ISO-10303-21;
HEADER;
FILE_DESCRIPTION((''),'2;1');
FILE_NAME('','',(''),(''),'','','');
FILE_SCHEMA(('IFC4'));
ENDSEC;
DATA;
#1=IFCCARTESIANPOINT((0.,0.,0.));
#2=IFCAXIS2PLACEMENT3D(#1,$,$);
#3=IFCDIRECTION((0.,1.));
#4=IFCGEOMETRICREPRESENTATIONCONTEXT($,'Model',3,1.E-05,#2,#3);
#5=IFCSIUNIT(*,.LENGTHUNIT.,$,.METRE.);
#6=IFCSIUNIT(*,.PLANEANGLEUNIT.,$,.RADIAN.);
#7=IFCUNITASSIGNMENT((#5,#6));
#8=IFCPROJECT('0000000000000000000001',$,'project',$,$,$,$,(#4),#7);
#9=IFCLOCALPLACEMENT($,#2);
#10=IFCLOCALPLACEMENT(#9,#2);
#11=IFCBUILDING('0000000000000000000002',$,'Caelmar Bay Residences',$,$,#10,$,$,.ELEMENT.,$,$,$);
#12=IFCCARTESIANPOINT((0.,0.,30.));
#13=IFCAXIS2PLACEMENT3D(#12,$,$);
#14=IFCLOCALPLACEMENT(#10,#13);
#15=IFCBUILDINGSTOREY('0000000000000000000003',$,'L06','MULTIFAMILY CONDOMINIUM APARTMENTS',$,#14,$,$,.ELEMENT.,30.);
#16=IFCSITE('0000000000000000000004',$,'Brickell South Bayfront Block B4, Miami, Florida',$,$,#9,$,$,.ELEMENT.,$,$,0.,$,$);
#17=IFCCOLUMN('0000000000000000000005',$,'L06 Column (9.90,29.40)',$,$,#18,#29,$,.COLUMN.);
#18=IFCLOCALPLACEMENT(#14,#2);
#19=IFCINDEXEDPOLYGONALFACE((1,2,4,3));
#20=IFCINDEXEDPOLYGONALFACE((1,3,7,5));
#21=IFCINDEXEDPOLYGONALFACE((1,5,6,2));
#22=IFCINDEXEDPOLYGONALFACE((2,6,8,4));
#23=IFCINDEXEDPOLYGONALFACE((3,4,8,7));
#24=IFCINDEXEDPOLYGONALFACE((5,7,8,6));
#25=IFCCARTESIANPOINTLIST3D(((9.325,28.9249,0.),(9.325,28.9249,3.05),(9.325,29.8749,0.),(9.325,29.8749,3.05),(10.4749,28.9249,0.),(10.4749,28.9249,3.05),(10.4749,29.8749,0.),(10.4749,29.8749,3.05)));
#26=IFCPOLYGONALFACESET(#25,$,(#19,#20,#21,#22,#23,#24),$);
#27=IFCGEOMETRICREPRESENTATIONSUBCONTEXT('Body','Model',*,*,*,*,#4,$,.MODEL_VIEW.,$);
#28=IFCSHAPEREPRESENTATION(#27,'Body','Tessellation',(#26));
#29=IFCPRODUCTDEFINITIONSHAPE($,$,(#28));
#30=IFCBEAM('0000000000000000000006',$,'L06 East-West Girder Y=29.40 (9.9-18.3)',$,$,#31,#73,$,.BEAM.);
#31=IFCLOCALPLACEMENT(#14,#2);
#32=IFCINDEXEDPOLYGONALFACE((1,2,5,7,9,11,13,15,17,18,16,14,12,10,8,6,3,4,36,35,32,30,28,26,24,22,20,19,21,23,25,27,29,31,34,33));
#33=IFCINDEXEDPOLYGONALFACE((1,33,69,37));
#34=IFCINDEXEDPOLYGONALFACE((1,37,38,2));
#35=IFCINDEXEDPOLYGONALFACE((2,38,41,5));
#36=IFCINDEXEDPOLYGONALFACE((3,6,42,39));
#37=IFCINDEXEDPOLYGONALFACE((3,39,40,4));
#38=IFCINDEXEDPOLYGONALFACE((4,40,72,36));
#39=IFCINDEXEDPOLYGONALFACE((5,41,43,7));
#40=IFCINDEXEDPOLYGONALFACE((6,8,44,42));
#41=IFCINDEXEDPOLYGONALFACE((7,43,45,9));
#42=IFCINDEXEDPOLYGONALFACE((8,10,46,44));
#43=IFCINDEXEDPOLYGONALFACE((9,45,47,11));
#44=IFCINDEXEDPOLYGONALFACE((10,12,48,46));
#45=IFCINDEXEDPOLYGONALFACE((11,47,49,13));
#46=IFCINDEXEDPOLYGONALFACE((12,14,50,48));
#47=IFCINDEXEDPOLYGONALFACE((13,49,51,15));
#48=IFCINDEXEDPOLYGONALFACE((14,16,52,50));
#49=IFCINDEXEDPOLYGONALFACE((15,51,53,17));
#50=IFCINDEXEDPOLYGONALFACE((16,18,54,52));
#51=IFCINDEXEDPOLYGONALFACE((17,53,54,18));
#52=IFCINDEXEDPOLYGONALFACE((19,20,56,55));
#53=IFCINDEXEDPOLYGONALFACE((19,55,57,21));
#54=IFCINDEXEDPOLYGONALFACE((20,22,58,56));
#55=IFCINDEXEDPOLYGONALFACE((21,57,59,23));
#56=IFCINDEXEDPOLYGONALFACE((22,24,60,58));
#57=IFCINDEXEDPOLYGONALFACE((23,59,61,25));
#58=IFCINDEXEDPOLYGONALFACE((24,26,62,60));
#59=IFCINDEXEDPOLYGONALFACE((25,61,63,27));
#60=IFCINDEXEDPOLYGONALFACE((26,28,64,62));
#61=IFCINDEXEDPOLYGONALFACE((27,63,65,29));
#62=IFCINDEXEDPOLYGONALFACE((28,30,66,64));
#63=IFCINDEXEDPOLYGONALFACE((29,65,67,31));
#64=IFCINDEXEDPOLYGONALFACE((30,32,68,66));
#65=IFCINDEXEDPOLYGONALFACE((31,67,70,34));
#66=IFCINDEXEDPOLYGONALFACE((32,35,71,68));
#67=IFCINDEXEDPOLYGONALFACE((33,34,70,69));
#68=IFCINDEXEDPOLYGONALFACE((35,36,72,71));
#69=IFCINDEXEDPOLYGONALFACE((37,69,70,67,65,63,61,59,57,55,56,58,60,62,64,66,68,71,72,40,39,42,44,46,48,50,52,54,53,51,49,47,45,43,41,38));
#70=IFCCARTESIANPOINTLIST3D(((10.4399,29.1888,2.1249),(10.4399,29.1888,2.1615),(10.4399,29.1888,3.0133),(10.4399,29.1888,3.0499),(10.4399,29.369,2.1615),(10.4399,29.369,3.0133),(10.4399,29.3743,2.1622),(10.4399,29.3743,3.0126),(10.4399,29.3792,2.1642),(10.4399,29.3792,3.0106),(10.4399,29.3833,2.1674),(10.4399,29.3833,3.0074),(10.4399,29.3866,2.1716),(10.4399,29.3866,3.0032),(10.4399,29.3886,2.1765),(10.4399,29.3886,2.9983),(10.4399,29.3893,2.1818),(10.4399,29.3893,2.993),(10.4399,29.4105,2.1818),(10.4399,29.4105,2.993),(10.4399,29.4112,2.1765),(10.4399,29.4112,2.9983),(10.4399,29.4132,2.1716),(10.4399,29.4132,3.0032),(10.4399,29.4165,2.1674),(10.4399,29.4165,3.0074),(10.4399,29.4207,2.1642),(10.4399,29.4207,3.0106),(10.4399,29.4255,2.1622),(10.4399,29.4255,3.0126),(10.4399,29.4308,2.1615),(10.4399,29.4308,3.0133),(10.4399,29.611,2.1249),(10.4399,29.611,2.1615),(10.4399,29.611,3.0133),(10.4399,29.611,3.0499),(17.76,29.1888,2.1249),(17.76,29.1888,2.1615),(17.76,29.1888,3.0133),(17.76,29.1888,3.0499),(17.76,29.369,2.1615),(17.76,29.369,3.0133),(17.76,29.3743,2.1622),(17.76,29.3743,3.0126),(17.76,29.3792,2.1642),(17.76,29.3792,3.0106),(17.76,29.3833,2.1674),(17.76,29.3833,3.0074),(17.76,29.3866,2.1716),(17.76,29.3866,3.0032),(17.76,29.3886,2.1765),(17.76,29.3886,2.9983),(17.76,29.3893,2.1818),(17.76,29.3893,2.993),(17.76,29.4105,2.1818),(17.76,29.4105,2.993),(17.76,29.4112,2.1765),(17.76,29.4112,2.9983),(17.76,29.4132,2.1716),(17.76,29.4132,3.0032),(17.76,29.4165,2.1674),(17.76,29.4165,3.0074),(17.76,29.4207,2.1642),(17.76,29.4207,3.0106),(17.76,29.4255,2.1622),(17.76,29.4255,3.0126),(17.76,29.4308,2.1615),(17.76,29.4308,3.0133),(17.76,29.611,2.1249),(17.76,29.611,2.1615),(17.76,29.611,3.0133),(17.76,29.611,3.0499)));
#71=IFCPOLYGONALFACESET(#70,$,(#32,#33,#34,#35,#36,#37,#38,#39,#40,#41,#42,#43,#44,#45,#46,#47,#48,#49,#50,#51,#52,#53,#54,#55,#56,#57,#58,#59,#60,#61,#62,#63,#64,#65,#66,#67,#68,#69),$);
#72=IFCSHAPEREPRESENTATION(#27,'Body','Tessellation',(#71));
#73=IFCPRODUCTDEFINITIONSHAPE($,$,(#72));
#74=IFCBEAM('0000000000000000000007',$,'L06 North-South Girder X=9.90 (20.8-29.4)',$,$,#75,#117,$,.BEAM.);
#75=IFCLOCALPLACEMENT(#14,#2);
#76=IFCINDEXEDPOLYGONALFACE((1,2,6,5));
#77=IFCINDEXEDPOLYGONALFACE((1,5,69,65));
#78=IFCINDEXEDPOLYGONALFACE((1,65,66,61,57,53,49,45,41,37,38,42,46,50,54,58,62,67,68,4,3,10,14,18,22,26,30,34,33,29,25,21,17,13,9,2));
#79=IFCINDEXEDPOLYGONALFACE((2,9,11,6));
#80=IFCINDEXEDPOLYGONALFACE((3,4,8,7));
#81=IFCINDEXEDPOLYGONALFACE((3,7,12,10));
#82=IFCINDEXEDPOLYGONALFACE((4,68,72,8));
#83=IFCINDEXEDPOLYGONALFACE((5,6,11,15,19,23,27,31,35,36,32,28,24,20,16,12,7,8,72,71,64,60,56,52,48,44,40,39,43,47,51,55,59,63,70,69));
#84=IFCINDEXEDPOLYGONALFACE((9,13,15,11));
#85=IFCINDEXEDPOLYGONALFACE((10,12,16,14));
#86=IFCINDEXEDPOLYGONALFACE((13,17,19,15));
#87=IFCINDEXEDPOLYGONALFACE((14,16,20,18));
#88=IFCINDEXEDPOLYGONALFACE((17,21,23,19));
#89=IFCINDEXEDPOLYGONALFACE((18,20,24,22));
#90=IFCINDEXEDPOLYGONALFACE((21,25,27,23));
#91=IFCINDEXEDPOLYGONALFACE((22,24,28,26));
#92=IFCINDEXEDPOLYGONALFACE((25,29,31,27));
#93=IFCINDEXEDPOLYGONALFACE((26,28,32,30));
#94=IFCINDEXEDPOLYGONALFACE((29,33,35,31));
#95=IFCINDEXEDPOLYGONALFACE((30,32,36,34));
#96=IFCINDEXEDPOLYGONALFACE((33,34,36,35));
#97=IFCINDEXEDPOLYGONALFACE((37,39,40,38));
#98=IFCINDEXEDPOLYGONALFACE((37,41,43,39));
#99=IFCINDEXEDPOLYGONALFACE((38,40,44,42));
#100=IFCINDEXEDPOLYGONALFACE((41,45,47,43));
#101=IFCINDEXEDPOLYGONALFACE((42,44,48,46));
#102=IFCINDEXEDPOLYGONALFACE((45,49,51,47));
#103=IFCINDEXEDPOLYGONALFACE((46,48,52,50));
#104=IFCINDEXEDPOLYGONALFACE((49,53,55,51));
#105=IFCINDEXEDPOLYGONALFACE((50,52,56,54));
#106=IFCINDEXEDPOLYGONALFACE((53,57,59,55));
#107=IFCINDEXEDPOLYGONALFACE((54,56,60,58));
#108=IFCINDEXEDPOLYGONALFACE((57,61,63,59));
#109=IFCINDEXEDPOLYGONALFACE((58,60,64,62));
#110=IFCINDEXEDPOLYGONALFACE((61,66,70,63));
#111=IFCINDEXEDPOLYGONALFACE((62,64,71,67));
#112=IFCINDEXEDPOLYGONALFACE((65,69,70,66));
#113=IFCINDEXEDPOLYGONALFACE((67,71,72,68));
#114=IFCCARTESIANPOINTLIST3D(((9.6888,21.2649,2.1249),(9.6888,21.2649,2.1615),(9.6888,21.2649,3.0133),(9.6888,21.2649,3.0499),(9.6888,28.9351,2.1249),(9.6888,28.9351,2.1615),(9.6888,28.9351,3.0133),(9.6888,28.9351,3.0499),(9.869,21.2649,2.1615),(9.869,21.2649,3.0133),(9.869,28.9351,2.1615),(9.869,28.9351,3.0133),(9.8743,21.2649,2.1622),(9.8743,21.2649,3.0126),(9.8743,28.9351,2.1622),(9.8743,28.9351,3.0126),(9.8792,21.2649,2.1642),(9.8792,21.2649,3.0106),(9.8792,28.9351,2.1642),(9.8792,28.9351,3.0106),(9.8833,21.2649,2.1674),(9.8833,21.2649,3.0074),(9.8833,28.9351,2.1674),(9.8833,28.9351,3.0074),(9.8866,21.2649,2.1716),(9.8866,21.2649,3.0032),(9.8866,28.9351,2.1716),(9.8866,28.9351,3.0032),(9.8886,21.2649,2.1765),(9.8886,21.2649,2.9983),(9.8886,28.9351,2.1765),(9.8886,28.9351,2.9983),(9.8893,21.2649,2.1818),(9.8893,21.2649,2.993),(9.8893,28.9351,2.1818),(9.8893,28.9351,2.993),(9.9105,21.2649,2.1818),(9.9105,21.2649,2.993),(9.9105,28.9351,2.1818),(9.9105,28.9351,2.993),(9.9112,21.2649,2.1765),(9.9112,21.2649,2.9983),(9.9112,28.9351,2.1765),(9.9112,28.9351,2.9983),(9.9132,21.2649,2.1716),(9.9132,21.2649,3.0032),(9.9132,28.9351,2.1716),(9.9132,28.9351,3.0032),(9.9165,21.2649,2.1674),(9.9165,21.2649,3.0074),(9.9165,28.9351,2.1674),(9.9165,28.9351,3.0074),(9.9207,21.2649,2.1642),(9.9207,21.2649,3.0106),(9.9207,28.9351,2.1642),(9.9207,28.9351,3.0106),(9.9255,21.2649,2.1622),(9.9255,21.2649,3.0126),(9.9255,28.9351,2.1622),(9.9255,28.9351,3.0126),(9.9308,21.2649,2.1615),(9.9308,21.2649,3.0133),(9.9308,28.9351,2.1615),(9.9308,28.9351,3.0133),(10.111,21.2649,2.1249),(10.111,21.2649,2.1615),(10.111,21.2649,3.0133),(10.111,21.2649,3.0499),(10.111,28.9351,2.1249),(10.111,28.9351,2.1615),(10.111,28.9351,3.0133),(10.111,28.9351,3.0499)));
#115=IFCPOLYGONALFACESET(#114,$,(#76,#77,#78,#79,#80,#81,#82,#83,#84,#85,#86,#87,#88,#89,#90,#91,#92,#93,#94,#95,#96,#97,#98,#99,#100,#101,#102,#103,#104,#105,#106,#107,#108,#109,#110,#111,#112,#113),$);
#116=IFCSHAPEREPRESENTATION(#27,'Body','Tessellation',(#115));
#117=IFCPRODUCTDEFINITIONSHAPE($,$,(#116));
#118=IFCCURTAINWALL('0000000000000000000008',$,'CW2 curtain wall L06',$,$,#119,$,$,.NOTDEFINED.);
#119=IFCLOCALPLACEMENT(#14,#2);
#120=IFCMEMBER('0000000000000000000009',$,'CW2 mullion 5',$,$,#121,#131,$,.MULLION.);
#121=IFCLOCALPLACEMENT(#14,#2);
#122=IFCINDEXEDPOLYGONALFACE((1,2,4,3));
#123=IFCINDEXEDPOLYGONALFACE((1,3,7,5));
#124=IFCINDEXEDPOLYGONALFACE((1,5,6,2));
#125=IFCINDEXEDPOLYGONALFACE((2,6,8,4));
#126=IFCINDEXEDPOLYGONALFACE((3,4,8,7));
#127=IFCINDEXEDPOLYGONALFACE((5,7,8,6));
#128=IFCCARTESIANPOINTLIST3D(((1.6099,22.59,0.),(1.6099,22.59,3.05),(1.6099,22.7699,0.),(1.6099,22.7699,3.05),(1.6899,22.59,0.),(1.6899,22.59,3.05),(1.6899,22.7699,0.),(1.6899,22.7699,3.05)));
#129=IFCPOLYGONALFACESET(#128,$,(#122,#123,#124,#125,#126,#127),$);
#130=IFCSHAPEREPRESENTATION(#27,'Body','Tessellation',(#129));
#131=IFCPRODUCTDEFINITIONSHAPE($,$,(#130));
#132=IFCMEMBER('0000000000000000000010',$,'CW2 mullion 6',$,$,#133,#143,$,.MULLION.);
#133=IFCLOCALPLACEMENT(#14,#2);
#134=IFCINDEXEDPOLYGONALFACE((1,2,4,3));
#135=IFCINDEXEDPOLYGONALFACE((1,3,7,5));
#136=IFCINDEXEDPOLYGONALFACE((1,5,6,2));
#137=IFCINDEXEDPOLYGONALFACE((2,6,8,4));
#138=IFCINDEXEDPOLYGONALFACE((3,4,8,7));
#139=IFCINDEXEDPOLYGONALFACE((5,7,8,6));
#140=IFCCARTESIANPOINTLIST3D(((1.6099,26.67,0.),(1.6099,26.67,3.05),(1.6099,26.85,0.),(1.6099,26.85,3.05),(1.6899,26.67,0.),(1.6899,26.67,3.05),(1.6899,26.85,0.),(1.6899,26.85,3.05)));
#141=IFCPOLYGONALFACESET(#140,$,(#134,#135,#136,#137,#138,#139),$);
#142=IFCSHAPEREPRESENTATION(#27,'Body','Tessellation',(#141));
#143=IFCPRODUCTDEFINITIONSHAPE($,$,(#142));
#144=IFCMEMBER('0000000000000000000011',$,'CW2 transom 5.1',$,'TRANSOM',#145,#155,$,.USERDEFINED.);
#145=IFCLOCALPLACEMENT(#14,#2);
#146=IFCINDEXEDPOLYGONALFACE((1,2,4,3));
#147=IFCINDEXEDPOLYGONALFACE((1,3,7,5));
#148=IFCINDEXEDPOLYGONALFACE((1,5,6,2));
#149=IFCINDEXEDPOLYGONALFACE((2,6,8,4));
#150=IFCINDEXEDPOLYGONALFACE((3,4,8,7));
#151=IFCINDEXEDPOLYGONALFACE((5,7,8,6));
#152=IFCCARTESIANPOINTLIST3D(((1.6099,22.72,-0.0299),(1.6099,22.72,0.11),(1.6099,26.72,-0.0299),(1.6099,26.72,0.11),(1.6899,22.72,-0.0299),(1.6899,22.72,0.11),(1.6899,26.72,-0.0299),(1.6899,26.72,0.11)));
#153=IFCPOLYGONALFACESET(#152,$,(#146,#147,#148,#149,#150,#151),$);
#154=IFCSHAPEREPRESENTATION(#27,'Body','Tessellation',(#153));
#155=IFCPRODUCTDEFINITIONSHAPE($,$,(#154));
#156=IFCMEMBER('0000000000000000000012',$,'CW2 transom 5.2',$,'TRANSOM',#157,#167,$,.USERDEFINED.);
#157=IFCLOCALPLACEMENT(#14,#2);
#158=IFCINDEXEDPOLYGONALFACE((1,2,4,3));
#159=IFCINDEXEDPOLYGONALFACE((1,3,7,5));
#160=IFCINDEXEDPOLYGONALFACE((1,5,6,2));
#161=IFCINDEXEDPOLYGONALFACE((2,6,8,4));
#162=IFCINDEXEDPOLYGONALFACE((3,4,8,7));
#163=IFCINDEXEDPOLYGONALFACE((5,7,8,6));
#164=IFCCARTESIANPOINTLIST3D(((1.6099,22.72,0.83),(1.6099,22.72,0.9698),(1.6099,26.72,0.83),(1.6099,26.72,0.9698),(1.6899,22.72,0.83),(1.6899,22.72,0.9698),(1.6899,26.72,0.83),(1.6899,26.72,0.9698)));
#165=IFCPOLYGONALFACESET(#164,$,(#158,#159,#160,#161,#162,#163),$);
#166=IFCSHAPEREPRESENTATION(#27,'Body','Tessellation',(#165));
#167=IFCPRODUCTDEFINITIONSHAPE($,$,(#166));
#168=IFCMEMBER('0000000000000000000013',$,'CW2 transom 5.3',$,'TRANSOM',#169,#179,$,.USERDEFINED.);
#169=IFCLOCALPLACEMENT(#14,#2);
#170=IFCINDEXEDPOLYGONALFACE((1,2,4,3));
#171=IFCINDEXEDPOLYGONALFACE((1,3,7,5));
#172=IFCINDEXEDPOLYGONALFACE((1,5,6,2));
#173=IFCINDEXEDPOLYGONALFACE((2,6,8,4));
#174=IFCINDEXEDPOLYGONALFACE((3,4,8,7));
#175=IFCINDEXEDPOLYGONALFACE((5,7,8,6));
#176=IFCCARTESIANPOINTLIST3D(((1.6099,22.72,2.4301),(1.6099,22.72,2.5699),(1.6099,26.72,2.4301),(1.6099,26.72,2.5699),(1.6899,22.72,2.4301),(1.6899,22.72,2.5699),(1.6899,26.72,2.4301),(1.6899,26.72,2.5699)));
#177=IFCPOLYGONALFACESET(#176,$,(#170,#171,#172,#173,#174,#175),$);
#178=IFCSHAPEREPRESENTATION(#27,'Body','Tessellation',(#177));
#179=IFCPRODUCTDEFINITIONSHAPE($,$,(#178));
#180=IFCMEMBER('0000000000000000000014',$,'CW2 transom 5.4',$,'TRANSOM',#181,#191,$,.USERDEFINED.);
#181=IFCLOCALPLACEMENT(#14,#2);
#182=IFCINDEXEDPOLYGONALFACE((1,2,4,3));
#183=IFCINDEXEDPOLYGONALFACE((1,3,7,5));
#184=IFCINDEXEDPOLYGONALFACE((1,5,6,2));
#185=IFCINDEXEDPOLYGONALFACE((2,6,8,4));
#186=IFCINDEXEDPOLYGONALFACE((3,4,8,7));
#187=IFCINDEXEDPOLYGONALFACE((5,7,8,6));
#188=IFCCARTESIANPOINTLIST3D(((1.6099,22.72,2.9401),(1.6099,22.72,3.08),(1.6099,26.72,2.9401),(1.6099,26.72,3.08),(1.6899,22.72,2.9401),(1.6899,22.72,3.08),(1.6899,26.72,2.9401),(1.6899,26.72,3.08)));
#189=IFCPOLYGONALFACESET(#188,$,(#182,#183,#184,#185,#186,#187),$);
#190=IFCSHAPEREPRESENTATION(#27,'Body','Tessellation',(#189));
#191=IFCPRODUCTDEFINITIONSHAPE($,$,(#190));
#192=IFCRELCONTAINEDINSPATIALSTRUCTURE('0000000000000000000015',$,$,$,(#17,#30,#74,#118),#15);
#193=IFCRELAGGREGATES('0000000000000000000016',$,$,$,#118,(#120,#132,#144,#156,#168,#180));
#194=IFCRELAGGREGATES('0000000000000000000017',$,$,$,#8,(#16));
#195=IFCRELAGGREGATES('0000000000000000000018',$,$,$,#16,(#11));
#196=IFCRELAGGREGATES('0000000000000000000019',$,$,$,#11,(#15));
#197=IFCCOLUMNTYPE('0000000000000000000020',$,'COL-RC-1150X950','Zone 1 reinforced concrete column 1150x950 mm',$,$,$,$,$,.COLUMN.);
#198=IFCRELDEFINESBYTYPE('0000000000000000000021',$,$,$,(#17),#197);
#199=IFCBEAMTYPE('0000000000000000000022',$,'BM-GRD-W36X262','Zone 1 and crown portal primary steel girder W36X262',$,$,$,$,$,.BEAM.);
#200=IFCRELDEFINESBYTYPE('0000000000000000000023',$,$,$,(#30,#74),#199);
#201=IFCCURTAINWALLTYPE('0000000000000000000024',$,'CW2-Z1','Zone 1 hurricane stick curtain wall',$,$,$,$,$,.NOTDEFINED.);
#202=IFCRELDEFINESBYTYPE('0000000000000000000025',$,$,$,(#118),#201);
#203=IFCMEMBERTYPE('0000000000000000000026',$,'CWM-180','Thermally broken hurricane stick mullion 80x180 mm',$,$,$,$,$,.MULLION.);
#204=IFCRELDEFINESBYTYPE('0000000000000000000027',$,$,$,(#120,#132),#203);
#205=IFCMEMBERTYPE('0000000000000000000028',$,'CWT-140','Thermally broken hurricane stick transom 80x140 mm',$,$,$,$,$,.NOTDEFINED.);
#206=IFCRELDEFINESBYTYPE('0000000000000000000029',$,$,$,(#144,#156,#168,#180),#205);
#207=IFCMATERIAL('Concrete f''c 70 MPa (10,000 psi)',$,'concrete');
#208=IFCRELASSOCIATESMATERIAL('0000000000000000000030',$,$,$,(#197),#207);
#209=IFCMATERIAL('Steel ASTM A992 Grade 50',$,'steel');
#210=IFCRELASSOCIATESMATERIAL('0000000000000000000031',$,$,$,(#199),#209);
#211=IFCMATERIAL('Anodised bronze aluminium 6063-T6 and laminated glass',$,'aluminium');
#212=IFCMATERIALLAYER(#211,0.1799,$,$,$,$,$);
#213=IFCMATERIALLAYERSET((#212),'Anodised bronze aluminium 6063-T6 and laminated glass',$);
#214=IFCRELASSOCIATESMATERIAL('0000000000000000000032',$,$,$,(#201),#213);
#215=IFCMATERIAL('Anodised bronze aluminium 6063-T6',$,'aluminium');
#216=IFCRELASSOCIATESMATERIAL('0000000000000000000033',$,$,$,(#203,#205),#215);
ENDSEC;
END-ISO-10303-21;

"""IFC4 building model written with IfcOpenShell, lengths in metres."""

from ifc_helpers import new_model, si_unit, direction, frame, origin, origin_2d, place, context, subcontext, project, spatial, rectangle, i_section, extrude, material, layer, layer_set, material_profile, profile_set, type_object, element, aggregate, save


model = new_model("IFC4")

# Units and contexts
model_context = context("Model", 3, precision=1e-05, world=origin(), true_north=direction((0.0, 1.0)))
body_context = subcontext(model_context, "Body", "Model", "MODEL_VIEW")
ifc_project = project(units=[si_unit("LENGTHUNIT", "METRE"), si_unit("PLANEANGLEUNIT", "RADIAN")], contexts=[model_context])

# Site, building, storey
site_placement = place(None, origin())
site = spatial("IfcSite", under=ifc_project, at=site_placement, Name="Brickell South Bayfront Block B4, Miami, Florida", CompositionType="ELEMENT", RefElevation=0.0)
building_placement = place(site_placement, origin())
building = spatial("IfcBuilding", under=site, at=building_placement, Name="Caelmar Bay Residences", CompositionType="ELEMENT")
storey_placement = place(building_placement, frame((0.0, 0.0, 30.0)))
storey = spatial("IfcBuildingStorey", under=building, at=storey_placement, Name="L06", Description="MULTIFAMILY CONDOMINIUM APARTMENTS", CompositionType="ELEMENT", Elevation=30.0)

# Column
ifc_material_1 = material(Name="Concrete f'c 70 MPa (10,000 psi)", Category="concrete")
ifc_material_profile_1 = material_profile(ifc_material_1, rectangle(XDim=1.1499, YDim=0.95, at=origin_2d()), Name="RC-COL-1150X950")
ifc_profile_set_1 = profile_set([ifc_material_profile_1], Name="Concrete f'c 70 MPa (10,000 psi)")
column_type = type_object("IfcColumnType", Name="COL-RC-1150X950", Description="Zone 1 reinforced concrete column 1150x950 mm", PredefinedType="COLUMN", material=ifc_profile_set_1)
column_placement = place(storey_placement, frame((9.8999, 29.3999, 0.0), z_axis=(0.0, 0.0, 1.0), x_axis=(1.0, 0.0, 0.0)))
element("IfcColumn", 1, at=column_placement, inside=storey, type_object=column_type, Name="L06 Column (9.90,29.40)", PredefinedType="COLUMN", context=body_context, shape_type="SweptSolid", body=[
    extrude(rectangle(XDim=1.1499, YDim=0.95, at=origin_2d()), origin(), (0.0, 0.0, 1.0), 3.05),
])

# Beams
ifc_material_2 = material(Name="Steel ASTM A992 Grade 50", Category="steel")
ifc_material_profile_2 = material_profile(ifc_material_2, i_section(OverallWidth=0.4221, OverallDepth=0.925, WebThickness=0.0212, FlangeThickness=0.0366, FilletRadius=0.0203, at=origin_2d()), Name="W36X262")
ifc_profile_set_2 = profile_set([ifc_material_profile_2], Name="Steel ASTM A992 Grade 50")
beam_type = type_object("IfcBeamType", Name="BM-GRD-W36X262", Description="Zone 1 and crown portal primary steel girder W36X262", PredefinedType="BEAM", material=ifc_profile_set_2)
beam_1_placement = place(storey_placement, frame((10.4399, 29.3999, 2.5874), z_axis=(1.0, 0.0, 0.0), x_axis=(0.0, 1.0, 0.0)))
element("IfcBeam", 2, at=beam_1_placement, inside=storey, type_object=beam_type, Name="L06 East-West Girder Y=29.40 (9.9-18.3)", PredefinedType="BEAM", context=body_context, shape_type="SweptSolid", body=[
    extrude(i_section(OverallWidth=0.4221, OverallDepth=0.925, WebThickness=0.0212, FlangeThickness=0.0366, FilletRadius=0.0203, at=origin_2d()), origin(), (0.0, 0.0, 1.0), 7.3201),
])
beam_2_placement = place(storey_placement, frame((9.8999, 21.2649, 2.5874), z_axis=(0.0, 1.0, 0.0), x_axis=(-1.0, 0.0, 0.0)))
element("IfcBeam", 3, at=beam_2_placement, inside=storey, type_object=beam_type, Name="L06 North-South Girder X=9.90 (20.8-29.4)", PredefinedType="BEAM", context=body_context, shape_type="SweptSolid", body=[
    extrude(i_section(OverallWidth=0.4221, OverallDepth=0.925, WebThickness=0.0212, FlangeThickness=0.0366, FilletRadius=0.0203, at=origin_2d()), origin(), (0.0, 0.0, 1.0), 7.6702),
])

# Curtain wall, members
ifc_material_3 = material(Name="Anodised bronze aluminium 6063-T6 and laminated glass", Category="aluminium")
ifc_layer_1 = layer(ifc_material_3, 0.1799)
ifc_layer_set_1 = layer_set([ifc_layer_1], Name="Anodised bronze aluminium 6063-T6 and laminated glass")
curtain_wall_type = type_object("IfcCurtainWallType", Name="CW2-Z1", Description="Zone 1 hurricane stick curtain wall", PredefinedType="NOTDEFINED", material=ifc_layer_set_1)
curtain_wall_placement = place(storey_placement, origin())
curtain_wall = element("IfcCurtainWall", 4, at=curtain_wall_placement, inside=storey, type_object=curtain_wall_type, Name="CW2 curtain wall L06", PredefinedType="NOTDEFINED")
ifc_material_4 = material(Name="Anodised bronze aluminium 6063-T6", Category="aluminium")
ifc_material_profile_3 = material_profile(ifc_material_4, rectangle(XDim=0.0801, YDim=0.1799, at=origin_2d()), Name="CWM-80X180")
ifc_profile_set_3 = profile_set([ifc_material_profile_3], Name="Anodised bronze aluminium 6063-T6")
member_type_1 = type_object("IfcMemberType", Name="CWM-180", Description="Thermally broken hurricane stick mullion 80x180 mm", PredefinedType="MULLION", material=ifc_profile_set_3)
member_1_placement = place(storey_placement, frame((1.6499, 22.6799, 0.0), z_axis=(0.0, 0.0, 1.0), x_axis=(-1.0, 0.0, 0.0)))
member_1 = element("IfcMember", 5, at=member_1_placement, type_object=member_type_1, Name="CW2 mullion 5", PredefinedType="MULLION", context=body_context, shape_type="SweptSolid", body=[
    extrude(rectangle(XDim=0.0801, YDim=0.1799, at=origin_2d()), origin(), (0.0, 0.0, 1.0), 3.05),
])
member_2_placement = place(storey_placement, frame((1.6499, 26.76, 0.0), z_axis=(0.0, 0.0, 1.0), x_axis=(-1.0, 0.0, 0.0)))
member_2 = element("IfcMember", 6, at=member_2_placement, type_object=member_type_1, Name="CW2 mullion 6", PredefinedType="MULLION", context=body_context, shape_type="SweptSolid", body=[
    extrude(rectangle(XDim=0.0801, YDim=0.1799, at=origin_2d()), origin(), (0.0, 0.0, 1.0), 3.05),
])
ifc_material_profile_4 = material_profile(ifc_material_4, rectangle(XDim=0.0801, YDim=0.1399, at=origin_2d()), Name="CWT-80X140")
ifc_profile_set_4 = profile_set([ifc_material_profile_4], Name="Anodised bronze aluminium 6063-T6")
member_type_2 = type_object("IfcMemberType", Name="CWT-140", Description="Thermally broken hurricane stick transom 80x140 mm", PredefinedType="NOTDEFINED", material=ifc_profile_set_4)
member_3_placement = place(storey_placement, frame((1.6499, 22.72, 0.04), z_axis=(0.0, 1.0, 0.0), x_axis=(-1.0, 0.0, 0.0)))
member_3 = element("IfcMember", 7, at=member_3_placement, type_object=member_type_2, Name="CW2 transom 5.1", ObjectType="TRANSOM", PredefinedType="USERDEFINED", context=body_context, shape_type="SweptSolid", body=[
    extrude(rectangle(XDim=0.0801, YDim=0.1399, at=origin_2d()), origin(), (0.0, 0.0, 1.0), 4.0),
])
member_4_placement = place(storey_placement, frame((1.6499, 22.72, 0.8999), z_axis=(0.0, 1.0, 0.0), x_axis=(-1.0, 0.0, 0.0)))
member_4 = element("IfcMember", 8, at=member_4_placement, type_object=member_type_2, Name="CW2 transom 5.2", ObjectType="TRANSOM", PredefinedType="USERDEFINED", context=body_context, shape_type="SweptSolid", body=[
    extrude(rectangle(XDim=0.0801, YDim=0.1399, at=origin_2d()), origin(), (0.0, 0.0, 1.0), 4.0),
])
member_5_placement = place(storey_placement, frame((1.6499, 22.72, 2.5), z_axis=(0.0, 1.0, 0.0), x_axis=(-1.0, 0.0, 0.0)))
member_5 = element("IfcMember", 9, at=member_5_placement, type_object=member_type_2, Name="CW2 transom 5.3", ObjectType="TRANSOM", PredefinedType="USERDEFINED", context=body_context, shape_type="SweptSolid", body=[
    extrude(rectangle(XDim=0.0801, YDim=0.1399, at=origin_2d()), origin(), (0.0, 0.0, 1.0), 4.0),
])
member_6_placement = place(storey_placement, frame((1.6499, 22.72, 3.01), z_axis=(0.0, 1.0, 0.0), x_axis=(-1.0, 0.0, 0.0)))
member_6 = element("IfcMember", 10, at=member_6_placement, type_object=member_type_2, Name="CW2 transom 5.4", ObjectType="TRANSOM", PredefinedType="USERDEFINED", context=body_context, shape_type="SweptSolid", body=[
    extrude(rectangle(XDim=0.0801, YDim=0.1399, at=origin_2d()), origin(), (0.0, 0.0, 1.0), 4.0),
])
aggregate(curtain_wall, [member_1, member_2, member_3, member_4, member_5, member_6])

save(model, "model.ifc")
